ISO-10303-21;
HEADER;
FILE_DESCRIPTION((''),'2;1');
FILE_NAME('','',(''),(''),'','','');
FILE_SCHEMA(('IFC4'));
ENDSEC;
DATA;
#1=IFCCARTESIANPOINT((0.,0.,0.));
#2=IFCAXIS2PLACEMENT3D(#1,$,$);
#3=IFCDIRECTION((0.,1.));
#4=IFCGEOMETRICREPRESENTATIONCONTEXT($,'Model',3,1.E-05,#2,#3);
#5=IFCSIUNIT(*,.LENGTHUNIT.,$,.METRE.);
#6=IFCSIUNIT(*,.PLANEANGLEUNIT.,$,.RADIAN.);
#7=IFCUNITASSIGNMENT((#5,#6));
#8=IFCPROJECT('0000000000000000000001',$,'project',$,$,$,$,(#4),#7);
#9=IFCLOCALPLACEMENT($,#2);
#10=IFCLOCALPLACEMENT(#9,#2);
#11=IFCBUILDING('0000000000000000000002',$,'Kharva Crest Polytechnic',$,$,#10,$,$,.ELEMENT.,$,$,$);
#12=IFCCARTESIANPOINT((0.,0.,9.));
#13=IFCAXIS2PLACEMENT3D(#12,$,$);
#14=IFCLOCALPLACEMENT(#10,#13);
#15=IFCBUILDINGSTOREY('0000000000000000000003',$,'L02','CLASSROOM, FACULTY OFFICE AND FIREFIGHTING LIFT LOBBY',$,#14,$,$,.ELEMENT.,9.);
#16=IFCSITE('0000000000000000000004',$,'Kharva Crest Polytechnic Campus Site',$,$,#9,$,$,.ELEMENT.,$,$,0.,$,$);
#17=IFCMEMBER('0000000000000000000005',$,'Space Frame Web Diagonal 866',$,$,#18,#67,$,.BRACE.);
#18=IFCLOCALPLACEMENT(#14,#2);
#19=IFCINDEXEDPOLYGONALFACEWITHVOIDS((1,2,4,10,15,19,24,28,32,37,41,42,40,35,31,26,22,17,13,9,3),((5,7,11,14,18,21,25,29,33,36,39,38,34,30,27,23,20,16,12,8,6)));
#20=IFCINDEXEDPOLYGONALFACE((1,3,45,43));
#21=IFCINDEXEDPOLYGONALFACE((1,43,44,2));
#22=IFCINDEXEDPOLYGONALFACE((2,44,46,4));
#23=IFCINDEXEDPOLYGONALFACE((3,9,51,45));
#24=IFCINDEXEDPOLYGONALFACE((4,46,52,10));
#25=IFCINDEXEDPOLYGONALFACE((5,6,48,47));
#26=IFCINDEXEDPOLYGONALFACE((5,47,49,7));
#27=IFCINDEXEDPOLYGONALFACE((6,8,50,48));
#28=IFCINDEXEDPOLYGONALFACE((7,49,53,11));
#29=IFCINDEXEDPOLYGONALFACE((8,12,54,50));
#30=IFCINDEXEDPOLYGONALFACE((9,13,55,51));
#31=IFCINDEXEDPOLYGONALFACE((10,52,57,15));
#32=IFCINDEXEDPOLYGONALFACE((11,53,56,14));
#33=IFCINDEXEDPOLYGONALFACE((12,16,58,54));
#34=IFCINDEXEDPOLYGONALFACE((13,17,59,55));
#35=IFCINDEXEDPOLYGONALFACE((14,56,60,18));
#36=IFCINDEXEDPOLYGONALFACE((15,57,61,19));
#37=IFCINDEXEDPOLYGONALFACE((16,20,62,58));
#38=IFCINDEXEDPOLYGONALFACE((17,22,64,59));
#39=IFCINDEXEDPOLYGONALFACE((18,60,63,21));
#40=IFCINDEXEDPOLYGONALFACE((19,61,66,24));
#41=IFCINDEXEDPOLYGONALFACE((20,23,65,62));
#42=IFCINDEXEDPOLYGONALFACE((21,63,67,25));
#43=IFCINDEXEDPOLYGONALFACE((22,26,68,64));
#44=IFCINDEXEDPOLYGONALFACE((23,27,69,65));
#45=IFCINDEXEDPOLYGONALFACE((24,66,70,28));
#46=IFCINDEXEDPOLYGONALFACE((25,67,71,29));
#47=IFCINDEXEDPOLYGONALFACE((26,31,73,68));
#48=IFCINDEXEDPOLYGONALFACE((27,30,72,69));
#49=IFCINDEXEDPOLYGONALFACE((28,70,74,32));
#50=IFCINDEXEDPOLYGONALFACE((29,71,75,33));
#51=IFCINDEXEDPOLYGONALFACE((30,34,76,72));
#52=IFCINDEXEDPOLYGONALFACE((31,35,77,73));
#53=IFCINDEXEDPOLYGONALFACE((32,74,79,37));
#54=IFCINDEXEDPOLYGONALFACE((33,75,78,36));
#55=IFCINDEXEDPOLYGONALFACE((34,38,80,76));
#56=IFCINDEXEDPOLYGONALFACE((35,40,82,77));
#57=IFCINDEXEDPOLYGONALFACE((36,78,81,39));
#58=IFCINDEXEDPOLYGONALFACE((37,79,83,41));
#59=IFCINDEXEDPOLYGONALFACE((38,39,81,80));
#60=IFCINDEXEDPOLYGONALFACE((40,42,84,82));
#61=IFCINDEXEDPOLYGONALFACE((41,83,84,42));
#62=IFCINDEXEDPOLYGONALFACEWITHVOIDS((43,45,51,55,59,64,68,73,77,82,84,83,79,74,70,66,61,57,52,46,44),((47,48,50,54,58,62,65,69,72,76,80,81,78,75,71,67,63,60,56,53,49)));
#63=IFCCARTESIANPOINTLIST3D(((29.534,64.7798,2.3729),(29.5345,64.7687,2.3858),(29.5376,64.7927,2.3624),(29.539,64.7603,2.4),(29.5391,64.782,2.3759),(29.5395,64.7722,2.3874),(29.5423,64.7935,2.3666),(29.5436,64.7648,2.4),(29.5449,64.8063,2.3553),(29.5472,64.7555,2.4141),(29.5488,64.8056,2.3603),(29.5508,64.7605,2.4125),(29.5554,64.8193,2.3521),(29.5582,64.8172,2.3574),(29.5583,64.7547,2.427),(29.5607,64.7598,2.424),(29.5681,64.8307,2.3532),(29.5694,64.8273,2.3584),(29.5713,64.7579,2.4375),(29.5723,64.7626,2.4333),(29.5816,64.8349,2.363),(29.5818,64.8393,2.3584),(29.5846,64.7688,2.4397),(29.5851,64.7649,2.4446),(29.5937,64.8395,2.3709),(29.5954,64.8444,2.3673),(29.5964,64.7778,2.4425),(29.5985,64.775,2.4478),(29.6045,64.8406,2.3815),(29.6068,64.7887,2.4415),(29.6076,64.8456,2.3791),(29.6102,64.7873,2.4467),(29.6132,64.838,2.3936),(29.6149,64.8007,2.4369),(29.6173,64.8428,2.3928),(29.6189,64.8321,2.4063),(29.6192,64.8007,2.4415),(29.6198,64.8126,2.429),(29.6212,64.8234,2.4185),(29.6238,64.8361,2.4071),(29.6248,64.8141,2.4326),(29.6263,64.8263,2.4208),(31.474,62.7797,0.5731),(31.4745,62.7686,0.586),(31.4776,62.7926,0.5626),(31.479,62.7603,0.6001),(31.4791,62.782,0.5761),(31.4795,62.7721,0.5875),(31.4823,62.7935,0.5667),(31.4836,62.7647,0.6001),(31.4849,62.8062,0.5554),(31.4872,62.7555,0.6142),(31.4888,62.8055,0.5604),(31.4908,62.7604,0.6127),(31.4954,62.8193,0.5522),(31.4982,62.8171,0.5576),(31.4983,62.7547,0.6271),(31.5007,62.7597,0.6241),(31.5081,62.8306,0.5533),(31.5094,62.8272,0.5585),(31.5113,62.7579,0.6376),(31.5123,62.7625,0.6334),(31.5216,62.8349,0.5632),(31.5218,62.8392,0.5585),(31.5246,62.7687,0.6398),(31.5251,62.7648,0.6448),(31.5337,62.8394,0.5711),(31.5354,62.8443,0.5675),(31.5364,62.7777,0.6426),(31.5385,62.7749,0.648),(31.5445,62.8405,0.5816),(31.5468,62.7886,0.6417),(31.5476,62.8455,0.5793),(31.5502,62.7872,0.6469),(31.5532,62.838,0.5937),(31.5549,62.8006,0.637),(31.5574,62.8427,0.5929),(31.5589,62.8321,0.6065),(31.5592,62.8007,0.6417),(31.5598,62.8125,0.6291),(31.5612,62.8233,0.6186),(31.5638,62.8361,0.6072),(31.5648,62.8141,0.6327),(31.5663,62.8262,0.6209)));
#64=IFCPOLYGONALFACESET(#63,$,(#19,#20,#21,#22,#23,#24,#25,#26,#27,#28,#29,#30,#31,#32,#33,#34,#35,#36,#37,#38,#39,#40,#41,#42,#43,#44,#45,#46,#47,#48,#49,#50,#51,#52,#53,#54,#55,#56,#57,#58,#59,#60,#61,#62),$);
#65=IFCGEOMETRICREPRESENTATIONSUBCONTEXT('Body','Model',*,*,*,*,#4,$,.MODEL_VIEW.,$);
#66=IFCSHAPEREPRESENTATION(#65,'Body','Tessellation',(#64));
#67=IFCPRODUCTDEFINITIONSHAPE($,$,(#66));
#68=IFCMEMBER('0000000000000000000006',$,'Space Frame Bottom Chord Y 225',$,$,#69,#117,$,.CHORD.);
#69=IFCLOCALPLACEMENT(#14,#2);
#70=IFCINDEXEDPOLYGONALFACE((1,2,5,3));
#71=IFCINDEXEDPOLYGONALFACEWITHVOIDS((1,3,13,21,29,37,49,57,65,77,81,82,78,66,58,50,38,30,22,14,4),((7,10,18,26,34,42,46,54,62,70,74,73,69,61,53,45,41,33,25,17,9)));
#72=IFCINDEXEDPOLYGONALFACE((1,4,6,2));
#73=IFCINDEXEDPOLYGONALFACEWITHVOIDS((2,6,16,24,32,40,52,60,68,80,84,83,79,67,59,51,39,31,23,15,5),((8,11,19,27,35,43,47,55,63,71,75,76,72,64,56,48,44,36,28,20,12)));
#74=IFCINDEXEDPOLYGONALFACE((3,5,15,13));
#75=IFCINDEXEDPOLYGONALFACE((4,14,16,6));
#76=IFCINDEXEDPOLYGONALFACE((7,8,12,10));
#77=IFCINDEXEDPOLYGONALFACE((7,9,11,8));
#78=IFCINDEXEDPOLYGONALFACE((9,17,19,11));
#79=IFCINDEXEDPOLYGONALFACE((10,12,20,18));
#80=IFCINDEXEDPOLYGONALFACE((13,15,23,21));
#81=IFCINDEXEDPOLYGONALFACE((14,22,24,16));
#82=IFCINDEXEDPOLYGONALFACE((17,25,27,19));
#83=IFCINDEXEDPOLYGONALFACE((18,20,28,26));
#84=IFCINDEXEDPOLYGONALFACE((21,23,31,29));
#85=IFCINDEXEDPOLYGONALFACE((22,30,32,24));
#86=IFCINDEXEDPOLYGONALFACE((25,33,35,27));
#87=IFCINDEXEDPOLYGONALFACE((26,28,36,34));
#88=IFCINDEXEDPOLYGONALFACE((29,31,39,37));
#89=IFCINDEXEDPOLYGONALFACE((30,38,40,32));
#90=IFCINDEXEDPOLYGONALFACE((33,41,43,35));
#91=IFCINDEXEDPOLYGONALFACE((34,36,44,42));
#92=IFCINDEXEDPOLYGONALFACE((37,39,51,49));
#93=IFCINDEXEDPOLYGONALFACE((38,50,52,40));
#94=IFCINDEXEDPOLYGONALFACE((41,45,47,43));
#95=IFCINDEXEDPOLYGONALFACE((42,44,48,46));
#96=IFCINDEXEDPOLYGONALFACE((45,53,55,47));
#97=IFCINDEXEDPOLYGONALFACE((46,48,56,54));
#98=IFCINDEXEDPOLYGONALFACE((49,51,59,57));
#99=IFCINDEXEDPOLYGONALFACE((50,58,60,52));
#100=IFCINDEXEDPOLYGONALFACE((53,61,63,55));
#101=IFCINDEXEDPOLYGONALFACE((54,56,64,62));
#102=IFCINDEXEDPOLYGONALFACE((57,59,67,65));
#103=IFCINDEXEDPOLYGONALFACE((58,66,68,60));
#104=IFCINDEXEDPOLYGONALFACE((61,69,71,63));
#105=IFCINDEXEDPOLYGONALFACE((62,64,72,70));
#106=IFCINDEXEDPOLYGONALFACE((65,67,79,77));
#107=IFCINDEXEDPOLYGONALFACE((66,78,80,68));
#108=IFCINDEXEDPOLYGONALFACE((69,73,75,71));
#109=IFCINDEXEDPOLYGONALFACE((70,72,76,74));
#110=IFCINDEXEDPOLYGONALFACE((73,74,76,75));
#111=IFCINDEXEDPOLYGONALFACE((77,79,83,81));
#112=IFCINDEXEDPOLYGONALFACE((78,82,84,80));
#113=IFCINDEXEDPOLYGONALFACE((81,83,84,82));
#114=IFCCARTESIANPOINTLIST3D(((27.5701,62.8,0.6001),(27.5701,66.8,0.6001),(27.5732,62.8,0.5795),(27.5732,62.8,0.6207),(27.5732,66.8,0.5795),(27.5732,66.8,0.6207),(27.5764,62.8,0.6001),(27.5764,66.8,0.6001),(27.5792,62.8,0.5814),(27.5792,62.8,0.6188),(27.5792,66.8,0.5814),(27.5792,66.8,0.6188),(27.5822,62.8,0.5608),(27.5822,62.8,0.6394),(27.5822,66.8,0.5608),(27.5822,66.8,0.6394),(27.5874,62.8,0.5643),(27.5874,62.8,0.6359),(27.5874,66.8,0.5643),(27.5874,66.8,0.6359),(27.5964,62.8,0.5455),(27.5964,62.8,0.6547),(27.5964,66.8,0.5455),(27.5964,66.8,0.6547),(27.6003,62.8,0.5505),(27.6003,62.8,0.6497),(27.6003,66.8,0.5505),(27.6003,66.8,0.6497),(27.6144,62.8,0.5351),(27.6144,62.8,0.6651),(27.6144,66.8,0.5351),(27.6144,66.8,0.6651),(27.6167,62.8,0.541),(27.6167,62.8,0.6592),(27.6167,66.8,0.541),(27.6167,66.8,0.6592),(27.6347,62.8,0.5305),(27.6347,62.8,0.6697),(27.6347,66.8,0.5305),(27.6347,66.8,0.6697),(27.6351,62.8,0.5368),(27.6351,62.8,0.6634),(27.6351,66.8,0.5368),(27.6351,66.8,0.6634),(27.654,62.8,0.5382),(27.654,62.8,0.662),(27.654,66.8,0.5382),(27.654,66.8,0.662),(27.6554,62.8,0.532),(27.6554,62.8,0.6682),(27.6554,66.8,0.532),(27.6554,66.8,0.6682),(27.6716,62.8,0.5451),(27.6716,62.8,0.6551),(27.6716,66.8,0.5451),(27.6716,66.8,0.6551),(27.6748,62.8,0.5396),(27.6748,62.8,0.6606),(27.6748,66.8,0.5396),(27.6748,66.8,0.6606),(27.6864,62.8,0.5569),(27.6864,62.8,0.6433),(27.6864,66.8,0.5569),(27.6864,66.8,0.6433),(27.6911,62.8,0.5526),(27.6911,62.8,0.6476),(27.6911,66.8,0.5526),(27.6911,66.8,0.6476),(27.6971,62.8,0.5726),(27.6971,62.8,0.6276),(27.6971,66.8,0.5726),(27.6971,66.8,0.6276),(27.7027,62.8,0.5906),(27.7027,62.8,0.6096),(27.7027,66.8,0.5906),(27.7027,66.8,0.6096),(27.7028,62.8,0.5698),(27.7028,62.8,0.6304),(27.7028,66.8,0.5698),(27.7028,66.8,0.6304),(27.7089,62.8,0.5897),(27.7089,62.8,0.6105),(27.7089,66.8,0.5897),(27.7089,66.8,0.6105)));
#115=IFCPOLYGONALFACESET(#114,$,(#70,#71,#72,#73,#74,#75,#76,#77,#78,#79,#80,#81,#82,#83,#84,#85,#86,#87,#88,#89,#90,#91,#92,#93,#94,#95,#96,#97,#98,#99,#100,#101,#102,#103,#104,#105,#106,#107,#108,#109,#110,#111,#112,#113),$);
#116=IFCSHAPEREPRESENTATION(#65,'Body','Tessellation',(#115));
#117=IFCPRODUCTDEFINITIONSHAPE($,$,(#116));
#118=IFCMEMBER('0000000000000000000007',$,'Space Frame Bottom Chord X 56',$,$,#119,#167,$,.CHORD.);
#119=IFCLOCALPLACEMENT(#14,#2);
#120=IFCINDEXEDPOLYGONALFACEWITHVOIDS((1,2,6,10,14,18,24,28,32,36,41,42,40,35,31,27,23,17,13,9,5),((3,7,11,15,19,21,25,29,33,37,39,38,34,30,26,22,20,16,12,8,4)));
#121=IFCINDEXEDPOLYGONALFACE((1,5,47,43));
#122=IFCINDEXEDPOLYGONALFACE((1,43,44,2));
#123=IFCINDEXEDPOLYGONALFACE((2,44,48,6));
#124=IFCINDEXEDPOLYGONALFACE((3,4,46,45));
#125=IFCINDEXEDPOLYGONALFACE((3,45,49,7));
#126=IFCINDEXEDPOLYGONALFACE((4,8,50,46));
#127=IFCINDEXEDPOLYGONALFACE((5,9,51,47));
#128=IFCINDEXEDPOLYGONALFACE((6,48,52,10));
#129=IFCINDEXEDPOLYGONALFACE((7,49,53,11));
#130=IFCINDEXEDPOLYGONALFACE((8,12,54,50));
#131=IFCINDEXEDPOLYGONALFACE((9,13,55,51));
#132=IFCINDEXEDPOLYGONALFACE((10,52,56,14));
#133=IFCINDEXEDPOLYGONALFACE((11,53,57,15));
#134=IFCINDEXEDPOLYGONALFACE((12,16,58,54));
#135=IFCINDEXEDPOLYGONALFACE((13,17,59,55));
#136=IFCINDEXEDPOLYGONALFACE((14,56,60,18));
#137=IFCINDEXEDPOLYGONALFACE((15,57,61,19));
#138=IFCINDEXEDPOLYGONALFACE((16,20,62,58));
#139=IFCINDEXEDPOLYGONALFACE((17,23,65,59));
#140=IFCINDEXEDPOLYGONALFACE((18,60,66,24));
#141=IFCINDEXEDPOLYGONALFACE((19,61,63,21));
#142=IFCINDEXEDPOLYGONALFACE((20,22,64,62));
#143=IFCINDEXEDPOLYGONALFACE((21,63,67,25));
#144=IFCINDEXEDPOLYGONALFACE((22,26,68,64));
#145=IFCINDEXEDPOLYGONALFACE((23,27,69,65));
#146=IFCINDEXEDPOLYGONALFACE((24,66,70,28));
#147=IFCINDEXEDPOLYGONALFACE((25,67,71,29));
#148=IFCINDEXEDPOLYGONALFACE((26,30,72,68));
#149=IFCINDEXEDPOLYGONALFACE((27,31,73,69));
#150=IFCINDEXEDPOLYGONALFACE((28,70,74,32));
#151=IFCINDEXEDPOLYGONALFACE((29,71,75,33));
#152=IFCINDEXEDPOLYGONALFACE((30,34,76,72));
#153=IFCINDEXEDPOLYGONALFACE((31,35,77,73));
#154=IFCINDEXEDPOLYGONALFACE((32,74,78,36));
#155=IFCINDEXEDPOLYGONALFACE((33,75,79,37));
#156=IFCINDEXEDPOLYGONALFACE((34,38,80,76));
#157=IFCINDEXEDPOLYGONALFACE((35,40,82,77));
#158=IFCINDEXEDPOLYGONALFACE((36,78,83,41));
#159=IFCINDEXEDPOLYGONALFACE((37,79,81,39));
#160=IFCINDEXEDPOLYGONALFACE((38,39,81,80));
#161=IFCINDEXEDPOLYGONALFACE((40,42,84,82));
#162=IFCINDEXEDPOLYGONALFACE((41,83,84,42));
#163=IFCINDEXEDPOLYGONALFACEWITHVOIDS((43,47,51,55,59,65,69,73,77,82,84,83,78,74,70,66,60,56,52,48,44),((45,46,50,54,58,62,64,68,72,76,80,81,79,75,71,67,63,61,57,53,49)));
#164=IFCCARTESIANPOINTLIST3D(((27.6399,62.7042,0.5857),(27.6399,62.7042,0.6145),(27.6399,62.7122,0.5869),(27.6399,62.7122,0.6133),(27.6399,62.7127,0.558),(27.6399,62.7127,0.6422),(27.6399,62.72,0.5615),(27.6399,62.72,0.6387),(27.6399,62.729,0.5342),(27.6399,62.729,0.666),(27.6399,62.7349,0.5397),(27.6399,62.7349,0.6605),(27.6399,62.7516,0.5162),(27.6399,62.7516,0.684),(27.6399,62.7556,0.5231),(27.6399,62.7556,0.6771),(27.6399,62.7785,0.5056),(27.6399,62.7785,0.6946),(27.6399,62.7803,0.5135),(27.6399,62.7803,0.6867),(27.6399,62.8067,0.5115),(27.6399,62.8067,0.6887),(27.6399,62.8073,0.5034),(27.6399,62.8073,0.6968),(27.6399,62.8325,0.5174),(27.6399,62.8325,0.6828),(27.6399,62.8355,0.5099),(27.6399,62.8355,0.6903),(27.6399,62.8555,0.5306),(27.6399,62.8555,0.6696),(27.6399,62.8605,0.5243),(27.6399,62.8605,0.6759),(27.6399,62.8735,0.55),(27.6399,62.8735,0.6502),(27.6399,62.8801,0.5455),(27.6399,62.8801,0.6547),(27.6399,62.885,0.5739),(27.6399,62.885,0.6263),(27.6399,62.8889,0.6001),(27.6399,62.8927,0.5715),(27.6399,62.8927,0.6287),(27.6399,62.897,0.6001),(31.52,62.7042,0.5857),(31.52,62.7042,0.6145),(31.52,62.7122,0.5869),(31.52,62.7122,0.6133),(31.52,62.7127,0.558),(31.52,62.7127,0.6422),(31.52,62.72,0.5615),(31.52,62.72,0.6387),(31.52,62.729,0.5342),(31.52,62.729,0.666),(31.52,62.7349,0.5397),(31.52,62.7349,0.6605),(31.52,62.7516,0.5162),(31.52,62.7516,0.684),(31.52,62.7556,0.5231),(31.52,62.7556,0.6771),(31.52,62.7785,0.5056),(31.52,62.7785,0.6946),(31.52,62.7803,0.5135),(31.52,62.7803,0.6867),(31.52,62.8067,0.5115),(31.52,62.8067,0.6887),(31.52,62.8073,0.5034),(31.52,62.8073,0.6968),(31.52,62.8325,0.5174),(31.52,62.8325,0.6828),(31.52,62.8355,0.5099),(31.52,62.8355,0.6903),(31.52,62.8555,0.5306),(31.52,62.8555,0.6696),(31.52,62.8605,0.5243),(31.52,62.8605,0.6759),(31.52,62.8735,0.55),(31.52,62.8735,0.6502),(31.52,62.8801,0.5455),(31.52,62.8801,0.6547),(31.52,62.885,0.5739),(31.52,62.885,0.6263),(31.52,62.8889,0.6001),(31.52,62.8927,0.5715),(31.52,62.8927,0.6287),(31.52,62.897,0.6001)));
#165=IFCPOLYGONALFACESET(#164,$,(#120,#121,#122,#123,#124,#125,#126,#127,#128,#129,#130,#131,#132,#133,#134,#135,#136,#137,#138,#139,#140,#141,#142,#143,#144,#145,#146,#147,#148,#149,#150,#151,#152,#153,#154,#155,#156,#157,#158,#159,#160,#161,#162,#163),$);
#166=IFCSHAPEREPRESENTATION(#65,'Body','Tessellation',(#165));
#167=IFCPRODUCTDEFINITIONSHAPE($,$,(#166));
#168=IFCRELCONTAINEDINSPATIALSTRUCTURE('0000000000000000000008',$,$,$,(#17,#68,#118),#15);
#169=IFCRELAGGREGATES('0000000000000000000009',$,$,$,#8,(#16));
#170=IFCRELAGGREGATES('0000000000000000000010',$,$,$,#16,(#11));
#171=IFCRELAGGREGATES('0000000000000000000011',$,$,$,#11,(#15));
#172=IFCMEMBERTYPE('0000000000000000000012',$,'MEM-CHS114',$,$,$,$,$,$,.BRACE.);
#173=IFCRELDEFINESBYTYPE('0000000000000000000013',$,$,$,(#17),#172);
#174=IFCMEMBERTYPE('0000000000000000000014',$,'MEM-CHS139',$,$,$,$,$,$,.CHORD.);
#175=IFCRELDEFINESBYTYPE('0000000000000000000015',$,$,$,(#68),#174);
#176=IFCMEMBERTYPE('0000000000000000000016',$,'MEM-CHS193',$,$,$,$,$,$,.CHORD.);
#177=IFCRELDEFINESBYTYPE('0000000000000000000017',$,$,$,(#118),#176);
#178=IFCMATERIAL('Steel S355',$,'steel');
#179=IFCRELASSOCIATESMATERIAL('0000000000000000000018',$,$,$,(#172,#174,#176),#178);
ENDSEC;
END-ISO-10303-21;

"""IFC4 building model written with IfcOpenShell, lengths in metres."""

from ifc_helpers import new_model, si_unit, direction, frame, origin, origin_2d, place, context, subcontext, project, spatial, hollow_circle, extrude, material, material_profile, profile_set, type_object, element, save


model = new_model("IFC4")

# Units and contexts
model_context = context("Model", 3, precision=1e-05, world=origin(), true_north=direction((0.0, 1.0)))
body_context = subcontext(model_context, "Body", "Model", "MODEL_VIEW")
ifc_project = project(units=[si_unit("LENGTHUNIT", "METRE"), si_unit("PLANEANGLEUNIT", "RADIAN")], contexts=[model_context])

# Site, building, storey
site_placement = place(None, origin())
site = spatial("IfcSite", under=ifc_project, at=site_placement, Name="Kharva Crest Polytechnic Campus Site", CompositionType="ELEMENT", RefElevation=0.0)
building_placement = place(site_placement, origin())
building = spatial("IfcBuilding", under=site, at=building_placement, Name="Kharva Crest Polytechnic", CompositionType="ELEMENT")
storey_placement = place(building_placement, frame((0.0, 0.0, 9.0)))
storey = spatial("IfcBuildingStorey", under=building, at=storey_placement, Name="L02", Description="CLASSROOM, FACULTY OFFICE AND FIREFIGHTING LIFT LOBBY", CompositionType="ELEMENT", Elevation=9.0)

# Shared definitions
ifc_material_1 = material(Name="Steel S355", Category="steel")

# Members
ifc_material_profile_1 = material_profile(ifc_material_1, hollow_circle(Radius=0.0571, WallThickness=0.0063, at=origin_2d()), Name="CHS 114.3X6.3")
ifc_profile_set_1 = profile_set([ifc_material_profile_1], Name="Steel S355")
member_type_1 = type_object("IfcMemberType", Name="MEM-CHS114", PredefinedType="BRACE", material=ifc_profile_set_1)
for number, where, z_axis, x_axis, name in (
    (1, (31.52, 62.8, 0.6001), (-0.584843, 0.60295, 0.542596), (-0.717802, -0.696247, 0.0), "Space Frame Web Diagonal 866"),
):
    element("IfcMember", number, at=place(storey_placement, frame(where, z_axis=z_axis, x_axis=x_axis)), inside=storey, type_object=member_type_1, Name=name, PredefinedType="BRACE", context=body_context, shape_type="SweptSolid", body=[
        extrude(hollow_circle(Radius=0.0571, WallThickness=0.0063, at=origin_2d()), origin(), (0.0, 0.0, 1.0), 3.3171),
    ])
ifc_material_profile_2 = material_profile(ifc_material_1, hollow_circle(Radius=0.0698, WallThickness=0.0063, at=origin_2d()), Name="CHS 139.7X6.3")
ifc_profile_set_2 = profile_set([ifc_material_profile_2], Name="Steel S355")
member_type_2 = type_object("IfcMemberType", Name="MEM-CHS139", PredefinedType="CHORD", material=ifc_profile_set_2)
member_1_placement = place(storey_placement, frame((27.6399, 62.8, 0.6001), z_axis=(0.0, 1.0, 0.0), x_axis=(-1.0, 0.0, 0.0)))
element("IfcMember", 2, at=member_1_placement, inside=storey, type_object=member_type_2, Name="Space Frame Bottom Chord Y 225", PredefinedType="CHORD", context=body_context, shape_type="SweptSolid", body=[
    extrude(hollow_circle(Radius=0.0698, WallThickness=0.0063, at=origin_2d()), origin(), (0.0, 0.0, 1.0), 4.0),
])
ifc_material_profile_3 = material_profile(ifc_material_1, hollow_circle(Radius=0.0969, WallThickness=0.0081, at=origin_2d()), Name="CHS 193.7X8.0")
ifc_profile_set_3 = profile_set([ifc_material_profile_3], Name="Steel S355")
member_type_3 = type_object("IfcMemberType", Name="MEM-CHS193", PredefinedType="CHORD", material=ifc_profile_set_3)
member_2_placement = place(storey_placement, frame((27.6399, 62.8, 0.6001), z_axis=(1.0, 0.0, 0.0), x_axis=(0.0, 1.0, 0.0)))
element("IfcMember", 3, at=member_2_placement, inside=storey, type_object=member_type_3, Name="Space Frame Bottom Chord X 56", PredefinedType="CHORD", context=body_context, shape_type="SweptSolid", body=[
    extrude(hollow_circle(Radius=0.0969, WallThickness=0.0081, at=origin_2d()), origin(), (0.0, 0.0, 1.0), 3.8801),
])

save(model, "model.ifc")
